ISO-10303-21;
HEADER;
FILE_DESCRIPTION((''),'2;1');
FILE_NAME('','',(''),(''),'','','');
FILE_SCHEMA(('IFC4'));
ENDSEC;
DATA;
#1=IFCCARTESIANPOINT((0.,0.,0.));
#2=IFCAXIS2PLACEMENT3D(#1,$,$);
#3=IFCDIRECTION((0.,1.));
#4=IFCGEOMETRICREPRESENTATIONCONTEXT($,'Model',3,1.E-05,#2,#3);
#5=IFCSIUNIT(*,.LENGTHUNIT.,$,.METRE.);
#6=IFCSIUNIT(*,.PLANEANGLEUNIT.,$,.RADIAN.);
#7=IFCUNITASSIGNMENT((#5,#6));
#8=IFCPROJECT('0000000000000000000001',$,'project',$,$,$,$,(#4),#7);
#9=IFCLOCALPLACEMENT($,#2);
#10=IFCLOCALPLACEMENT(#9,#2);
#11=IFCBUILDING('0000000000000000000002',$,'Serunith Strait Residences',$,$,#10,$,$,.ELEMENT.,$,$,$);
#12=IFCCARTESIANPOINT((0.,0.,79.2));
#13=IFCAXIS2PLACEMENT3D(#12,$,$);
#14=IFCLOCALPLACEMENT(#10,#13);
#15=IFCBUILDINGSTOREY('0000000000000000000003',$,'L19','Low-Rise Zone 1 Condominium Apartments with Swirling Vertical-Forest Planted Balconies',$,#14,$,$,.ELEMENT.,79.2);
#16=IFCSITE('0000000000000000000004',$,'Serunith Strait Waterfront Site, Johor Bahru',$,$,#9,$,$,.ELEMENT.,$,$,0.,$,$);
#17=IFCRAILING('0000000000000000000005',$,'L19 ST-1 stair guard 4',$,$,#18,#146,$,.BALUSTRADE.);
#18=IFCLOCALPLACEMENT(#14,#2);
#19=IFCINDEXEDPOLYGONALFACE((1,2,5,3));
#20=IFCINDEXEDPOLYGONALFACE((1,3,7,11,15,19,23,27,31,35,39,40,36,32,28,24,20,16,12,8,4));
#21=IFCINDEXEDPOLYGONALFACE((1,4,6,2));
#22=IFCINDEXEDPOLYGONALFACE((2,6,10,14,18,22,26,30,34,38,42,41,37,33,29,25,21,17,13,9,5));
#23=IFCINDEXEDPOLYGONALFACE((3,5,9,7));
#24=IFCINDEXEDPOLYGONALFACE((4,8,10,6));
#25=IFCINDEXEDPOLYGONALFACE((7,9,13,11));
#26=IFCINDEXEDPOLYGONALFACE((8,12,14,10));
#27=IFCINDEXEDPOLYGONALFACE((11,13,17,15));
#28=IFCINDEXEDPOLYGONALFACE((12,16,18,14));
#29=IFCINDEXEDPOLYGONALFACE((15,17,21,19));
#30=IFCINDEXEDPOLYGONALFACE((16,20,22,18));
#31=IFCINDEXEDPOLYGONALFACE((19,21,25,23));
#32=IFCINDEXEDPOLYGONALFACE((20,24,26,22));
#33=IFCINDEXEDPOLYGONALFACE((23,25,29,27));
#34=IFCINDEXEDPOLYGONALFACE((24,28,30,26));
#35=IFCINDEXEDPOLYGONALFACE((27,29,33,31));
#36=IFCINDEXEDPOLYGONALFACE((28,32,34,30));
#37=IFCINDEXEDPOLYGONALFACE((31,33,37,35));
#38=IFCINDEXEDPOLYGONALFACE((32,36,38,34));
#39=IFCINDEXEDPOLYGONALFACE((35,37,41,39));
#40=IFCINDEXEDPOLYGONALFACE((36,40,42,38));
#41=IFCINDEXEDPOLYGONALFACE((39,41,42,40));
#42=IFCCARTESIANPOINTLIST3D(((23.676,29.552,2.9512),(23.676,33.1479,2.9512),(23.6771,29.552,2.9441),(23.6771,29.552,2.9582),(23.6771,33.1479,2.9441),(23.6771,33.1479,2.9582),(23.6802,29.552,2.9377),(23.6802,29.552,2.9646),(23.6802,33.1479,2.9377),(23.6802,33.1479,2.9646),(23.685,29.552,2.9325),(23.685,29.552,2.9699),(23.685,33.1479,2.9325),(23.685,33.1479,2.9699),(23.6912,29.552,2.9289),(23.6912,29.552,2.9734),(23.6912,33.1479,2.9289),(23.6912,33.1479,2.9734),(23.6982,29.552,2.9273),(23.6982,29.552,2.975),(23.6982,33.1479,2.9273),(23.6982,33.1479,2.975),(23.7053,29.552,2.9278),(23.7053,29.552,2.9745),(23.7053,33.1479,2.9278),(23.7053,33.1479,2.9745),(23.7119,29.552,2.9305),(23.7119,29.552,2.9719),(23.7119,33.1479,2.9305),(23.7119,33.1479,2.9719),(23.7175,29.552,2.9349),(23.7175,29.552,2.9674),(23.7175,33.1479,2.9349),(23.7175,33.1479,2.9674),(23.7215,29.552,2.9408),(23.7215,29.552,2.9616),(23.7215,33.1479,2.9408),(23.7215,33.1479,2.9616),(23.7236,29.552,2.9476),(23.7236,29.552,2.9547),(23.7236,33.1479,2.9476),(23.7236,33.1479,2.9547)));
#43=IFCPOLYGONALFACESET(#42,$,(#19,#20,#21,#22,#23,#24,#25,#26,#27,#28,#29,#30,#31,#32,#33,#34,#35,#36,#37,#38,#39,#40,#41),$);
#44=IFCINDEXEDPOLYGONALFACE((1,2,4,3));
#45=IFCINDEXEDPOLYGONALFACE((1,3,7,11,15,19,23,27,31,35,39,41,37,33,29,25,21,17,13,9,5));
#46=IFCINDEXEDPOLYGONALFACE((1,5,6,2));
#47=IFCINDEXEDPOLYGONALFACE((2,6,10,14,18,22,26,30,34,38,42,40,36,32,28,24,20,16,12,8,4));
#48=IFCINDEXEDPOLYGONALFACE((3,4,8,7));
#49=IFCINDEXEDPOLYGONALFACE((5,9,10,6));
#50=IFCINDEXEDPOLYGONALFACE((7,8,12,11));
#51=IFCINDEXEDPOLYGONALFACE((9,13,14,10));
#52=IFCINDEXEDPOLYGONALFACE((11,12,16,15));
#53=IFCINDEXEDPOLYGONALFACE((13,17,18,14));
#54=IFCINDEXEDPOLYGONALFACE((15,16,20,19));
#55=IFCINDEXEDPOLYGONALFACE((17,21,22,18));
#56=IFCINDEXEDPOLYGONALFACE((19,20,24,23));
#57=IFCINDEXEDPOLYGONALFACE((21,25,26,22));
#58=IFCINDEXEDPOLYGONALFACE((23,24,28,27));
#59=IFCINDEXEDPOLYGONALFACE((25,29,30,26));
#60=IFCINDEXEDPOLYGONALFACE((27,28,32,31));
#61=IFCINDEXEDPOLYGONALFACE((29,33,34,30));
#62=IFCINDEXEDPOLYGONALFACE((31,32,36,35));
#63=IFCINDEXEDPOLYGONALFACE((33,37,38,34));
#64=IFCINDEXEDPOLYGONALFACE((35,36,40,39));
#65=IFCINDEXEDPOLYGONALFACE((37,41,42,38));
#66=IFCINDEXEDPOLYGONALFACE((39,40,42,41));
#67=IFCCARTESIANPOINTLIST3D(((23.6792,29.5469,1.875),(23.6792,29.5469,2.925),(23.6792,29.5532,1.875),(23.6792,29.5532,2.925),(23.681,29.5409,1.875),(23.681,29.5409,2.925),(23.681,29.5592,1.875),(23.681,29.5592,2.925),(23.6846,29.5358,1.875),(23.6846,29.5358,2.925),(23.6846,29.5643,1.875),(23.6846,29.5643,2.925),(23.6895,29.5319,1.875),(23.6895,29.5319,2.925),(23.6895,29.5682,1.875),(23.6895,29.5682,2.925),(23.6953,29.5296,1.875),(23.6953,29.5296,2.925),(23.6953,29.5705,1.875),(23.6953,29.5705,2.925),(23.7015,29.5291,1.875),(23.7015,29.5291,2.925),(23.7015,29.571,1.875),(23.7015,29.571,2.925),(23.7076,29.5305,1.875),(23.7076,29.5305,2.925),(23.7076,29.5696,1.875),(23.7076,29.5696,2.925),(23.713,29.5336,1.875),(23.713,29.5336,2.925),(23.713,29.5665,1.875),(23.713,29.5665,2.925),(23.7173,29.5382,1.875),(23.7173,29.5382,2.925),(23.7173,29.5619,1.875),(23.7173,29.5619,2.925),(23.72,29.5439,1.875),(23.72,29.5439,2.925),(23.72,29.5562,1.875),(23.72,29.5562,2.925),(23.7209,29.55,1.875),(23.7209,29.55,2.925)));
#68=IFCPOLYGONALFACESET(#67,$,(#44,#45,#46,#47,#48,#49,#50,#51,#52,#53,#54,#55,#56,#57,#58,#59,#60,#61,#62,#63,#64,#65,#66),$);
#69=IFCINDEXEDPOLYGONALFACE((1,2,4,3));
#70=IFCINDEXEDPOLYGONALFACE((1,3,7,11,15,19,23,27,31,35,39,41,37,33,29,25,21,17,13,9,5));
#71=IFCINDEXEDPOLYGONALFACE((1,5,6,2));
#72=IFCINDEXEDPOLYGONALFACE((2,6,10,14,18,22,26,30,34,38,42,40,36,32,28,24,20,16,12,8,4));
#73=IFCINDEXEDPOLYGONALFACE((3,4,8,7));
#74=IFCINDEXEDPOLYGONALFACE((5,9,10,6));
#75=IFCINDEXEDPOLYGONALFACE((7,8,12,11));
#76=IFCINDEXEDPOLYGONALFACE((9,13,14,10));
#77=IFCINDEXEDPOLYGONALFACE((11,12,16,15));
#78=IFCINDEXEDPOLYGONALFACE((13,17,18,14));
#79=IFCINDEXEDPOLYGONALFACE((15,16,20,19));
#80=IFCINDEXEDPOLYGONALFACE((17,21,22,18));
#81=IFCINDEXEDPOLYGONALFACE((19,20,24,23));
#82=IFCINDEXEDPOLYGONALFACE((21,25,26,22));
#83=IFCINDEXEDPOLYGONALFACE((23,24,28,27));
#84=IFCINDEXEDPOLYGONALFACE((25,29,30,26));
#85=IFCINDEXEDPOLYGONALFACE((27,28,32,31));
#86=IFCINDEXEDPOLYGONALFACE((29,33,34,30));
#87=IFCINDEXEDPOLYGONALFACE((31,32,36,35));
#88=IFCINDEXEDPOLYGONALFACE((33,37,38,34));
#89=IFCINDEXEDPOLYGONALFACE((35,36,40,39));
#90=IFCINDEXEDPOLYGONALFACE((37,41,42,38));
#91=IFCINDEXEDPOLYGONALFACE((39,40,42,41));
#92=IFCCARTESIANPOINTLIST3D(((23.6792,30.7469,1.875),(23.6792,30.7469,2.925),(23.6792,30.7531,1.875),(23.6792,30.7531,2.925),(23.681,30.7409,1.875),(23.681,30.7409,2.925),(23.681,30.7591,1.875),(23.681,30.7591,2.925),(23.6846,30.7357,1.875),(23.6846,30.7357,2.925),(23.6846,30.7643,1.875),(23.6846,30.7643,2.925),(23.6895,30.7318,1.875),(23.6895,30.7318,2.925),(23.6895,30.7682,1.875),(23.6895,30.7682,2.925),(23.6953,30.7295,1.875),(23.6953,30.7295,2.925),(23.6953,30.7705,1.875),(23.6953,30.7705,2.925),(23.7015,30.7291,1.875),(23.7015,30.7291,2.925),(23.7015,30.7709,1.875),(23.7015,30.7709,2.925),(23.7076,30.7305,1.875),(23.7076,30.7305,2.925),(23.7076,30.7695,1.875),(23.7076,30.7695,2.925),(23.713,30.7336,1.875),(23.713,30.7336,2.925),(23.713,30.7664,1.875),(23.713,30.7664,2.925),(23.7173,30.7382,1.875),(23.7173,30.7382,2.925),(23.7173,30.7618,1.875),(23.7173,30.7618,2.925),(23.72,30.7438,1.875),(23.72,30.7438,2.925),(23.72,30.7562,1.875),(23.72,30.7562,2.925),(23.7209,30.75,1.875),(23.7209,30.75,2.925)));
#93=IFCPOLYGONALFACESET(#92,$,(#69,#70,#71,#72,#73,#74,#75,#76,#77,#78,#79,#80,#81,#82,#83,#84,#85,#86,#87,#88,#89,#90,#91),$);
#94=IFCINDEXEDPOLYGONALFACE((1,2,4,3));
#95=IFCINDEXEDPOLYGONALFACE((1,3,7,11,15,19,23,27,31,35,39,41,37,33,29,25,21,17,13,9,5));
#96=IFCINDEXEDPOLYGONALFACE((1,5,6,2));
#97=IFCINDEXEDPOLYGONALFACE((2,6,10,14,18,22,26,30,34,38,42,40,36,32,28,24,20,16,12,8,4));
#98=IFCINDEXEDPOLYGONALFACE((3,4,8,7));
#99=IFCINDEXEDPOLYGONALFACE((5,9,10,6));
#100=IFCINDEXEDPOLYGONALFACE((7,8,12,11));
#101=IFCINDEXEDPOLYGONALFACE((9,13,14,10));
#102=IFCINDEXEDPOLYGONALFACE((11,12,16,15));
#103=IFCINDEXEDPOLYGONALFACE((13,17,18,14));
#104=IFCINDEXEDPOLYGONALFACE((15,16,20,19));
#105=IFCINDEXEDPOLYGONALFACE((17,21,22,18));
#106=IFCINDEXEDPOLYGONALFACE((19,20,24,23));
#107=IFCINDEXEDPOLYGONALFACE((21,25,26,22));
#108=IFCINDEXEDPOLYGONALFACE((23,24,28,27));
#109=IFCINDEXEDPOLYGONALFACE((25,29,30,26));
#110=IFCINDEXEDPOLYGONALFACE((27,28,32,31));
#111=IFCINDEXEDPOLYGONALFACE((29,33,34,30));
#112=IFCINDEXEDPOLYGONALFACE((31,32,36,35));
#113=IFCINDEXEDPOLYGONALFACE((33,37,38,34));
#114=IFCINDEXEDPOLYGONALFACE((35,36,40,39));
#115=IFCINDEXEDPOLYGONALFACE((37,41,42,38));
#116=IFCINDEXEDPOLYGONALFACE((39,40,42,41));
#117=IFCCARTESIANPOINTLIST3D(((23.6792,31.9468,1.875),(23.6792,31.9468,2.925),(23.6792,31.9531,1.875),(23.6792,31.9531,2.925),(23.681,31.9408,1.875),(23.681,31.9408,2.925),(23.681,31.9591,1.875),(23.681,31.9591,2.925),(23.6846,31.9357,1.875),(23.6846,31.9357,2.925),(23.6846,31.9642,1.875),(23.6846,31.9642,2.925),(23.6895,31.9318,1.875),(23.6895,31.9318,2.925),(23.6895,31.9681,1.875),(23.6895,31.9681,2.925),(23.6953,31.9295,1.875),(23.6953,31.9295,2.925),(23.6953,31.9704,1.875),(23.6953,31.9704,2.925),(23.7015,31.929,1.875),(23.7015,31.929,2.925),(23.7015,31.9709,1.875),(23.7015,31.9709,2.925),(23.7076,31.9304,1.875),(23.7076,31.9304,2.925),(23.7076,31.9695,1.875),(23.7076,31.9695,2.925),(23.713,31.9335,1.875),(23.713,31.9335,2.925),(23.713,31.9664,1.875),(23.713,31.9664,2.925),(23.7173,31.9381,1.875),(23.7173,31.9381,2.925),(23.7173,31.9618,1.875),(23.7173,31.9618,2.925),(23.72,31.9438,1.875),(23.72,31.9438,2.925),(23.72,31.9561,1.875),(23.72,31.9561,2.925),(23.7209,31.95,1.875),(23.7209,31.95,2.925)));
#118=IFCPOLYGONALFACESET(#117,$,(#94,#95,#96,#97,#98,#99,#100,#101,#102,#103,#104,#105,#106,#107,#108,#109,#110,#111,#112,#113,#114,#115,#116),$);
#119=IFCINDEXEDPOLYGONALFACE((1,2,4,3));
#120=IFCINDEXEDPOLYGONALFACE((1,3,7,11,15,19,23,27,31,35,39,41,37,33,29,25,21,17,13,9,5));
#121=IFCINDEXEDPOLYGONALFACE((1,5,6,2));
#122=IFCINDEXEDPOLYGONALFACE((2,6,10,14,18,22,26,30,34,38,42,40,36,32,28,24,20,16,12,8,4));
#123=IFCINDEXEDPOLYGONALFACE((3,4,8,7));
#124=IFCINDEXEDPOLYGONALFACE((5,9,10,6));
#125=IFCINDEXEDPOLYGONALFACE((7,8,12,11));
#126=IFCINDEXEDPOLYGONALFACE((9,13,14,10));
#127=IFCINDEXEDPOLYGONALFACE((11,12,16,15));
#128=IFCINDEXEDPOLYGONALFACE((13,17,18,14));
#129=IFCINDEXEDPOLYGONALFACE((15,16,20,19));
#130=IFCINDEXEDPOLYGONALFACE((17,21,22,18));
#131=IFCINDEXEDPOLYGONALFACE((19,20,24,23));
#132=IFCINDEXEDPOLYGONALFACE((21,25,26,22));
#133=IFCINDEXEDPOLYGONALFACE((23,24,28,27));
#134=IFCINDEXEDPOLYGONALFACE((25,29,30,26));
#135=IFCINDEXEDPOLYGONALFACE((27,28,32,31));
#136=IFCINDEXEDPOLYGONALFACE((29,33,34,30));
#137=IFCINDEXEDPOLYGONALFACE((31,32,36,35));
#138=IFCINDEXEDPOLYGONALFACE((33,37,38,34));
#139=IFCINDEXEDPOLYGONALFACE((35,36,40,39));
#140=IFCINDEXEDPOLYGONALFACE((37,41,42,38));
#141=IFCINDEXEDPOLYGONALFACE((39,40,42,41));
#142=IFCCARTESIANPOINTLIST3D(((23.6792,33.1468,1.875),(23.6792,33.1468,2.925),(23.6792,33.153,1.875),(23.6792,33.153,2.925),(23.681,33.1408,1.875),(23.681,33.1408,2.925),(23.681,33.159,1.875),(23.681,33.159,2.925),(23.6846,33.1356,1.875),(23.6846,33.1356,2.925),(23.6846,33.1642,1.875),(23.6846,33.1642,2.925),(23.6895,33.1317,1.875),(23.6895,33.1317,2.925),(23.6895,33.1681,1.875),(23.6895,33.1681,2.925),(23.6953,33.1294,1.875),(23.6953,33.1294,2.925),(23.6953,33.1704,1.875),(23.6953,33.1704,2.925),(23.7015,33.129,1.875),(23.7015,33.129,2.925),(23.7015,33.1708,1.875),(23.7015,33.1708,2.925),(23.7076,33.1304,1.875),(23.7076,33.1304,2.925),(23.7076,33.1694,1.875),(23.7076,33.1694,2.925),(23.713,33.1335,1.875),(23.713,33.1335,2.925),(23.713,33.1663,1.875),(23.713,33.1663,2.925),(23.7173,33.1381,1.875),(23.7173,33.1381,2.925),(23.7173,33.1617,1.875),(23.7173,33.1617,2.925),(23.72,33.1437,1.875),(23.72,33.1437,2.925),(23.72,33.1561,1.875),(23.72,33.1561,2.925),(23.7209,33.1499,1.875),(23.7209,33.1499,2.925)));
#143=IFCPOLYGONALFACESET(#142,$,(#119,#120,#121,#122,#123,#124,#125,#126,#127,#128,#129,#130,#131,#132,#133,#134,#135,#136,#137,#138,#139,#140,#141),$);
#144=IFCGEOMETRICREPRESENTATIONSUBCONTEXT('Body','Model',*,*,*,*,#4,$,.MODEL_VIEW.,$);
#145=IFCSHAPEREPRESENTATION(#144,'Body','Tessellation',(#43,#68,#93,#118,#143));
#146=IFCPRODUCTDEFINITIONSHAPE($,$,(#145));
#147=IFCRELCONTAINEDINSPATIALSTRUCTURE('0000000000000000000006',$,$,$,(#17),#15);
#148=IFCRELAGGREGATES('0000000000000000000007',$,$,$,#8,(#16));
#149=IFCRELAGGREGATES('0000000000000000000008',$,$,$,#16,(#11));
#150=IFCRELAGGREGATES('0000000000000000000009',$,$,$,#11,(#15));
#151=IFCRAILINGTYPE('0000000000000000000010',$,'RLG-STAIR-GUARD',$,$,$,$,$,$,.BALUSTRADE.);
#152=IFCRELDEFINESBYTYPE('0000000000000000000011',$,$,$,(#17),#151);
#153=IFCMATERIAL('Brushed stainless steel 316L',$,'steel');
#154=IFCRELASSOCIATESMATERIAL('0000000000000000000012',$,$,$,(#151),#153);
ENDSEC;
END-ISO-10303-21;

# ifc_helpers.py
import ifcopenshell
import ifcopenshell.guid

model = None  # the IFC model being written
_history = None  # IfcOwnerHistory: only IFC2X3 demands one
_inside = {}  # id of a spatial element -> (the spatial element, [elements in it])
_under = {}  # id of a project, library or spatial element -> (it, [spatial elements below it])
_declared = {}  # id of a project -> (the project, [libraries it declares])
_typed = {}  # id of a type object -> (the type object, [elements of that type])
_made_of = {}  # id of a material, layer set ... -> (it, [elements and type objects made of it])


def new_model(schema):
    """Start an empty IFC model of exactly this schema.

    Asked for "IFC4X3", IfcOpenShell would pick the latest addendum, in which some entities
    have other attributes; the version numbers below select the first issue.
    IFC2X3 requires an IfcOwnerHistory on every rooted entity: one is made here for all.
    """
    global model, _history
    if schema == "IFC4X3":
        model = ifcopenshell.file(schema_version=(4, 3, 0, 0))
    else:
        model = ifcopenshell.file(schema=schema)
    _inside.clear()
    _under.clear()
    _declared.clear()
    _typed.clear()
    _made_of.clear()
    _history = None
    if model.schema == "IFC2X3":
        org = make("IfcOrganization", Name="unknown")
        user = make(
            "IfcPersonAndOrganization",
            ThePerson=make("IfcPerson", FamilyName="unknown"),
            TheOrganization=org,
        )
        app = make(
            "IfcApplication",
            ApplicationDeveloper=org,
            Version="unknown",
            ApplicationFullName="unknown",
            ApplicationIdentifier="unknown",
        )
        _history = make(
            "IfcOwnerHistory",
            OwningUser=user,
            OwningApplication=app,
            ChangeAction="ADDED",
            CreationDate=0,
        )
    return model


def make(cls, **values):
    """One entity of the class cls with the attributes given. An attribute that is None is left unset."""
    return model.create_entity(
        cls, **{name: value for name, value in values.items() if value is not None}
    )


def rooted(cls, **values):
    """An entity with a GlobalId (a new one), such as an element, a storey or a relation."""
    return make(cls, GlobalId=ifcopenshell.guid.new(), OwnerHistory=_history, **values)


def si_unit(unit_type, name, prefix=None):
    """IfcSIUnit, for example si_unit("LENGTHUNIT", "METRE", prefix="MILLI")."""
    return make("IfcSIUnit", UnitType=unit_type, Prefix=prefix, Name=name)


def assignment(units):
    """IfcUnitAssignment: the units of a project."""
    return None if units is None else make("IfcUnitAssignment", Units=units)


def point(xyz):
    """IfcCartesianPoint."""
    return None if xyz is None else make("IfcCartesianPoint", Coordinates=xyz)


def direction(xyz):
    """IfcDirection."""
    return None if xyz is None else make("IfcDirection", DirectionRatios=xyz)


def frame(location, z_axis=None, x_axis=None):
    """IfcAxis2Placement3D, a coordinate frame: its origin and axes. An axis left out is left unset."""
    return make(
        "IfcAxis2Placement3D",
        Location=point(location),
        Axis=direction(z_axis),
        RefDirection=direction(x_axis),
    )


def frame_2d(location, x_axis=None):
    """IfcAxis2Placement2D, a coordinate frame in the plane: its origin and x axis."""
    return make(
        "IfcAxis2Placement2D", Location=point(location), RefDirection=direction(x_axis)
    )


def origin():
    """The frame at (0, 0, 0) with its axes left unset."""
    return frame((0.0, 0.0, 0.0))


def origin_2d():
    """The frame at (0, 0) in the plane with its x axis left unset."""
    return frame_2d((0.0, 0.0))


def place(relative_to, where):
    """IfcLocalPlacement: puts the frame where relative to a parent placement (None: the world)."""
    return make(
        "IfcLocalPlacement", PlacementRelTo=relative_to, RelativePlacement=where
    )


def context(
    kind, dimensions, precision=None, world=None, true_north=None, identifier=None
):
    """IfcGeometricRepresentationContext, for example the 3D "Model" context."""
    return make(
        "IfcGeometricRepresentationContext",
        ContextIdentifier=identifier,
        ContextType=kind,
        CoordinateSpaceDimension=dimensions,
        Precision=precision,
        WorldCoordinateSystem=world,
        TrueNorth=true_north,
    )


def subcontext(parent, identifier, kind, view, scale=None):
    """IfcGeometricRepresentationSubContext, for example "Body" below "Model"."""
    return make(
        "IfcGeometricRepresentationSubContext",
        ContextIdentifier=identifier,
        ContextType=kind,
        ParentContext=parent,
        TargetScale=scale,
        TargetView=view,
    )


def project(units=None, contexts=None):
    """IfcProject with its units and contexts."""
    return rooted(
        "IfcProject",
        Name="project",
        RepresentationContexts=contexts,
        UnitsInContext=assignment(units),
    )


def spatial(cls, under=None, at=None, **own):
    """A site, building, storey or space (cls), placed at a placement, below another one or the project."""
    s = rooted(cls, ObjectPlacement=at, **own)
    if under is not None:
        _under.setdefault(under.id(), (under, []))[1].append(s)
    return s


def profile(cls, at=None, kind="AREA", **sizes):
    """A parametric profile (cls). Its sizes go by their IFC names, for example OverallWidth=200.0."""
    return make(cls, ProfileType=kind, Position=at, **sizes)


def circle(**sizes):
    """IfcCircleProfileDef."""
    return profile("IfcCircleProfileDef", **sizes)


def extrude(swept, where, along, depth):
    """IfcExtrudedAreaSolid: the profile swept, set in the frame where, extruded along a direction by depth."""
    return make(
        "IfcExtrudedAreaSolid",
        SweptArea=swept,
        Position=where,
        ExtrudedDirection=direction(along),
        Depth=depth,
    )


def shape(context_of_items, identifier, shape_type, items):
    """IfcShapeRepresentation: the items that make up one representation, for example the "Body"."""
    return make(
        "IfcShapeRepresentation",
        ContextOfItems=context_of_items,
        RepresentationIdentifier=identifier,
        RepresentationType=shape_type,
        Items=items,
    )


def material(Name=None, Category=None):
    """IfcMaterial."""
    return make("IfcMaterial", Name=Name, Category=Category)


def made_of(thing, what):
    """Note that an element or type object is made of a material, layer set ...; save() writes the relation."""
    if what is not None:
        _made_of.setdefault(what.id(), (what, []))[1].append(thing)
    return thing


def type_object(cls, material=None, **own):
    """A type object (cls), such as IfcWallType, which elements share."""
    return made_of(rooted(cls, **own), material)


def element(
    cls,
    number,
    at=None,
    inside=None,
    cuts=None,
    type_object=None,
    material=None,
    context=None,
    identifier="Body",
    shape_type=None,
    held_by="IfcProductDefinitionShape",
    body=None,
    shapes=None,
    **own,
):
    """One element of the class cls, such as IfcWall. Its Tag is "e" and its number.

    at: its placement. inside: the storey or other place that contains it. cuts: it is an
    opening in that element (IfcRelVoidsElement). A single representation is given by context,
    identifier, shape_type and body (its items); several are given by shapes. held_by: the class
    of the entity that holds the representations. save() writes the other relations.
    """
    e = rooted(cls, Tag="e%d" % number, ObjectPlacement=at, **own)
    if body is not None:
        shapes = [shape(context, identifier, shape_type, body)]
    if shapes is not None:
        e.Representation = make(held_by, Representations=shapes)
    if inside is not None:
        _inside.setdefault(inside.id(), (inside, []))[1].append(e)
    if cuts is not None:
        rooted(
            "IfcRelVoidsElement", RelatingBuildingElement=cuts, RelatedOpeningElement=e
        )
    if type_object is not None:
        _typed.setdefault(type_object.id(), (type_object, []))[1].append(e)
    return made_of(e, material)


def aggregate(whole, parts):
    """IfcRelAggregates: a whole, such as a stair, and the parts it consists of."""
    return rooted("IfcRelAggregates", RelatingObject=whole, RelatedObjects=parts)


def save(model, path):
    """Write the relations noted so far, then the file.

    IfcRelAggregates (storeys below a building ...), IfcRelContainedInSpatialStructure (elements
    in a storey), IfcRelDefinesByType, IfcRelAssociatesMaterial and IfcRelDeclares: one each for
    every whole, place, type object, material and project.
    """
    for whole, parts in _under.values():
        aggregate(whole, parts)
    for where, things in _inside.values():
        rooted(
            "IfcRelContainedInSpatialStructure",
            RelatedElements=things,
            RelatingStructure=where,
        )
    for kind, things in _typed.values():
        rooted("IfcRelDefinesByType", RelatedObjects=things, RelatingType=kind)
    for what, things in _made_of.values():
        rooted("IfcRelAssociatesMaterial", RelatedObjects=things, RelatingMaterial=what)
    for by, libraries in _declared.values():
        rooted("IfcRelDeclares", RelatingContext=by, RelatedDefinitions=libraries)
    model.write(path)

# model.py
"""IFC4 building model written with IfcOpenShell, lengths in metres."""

from ifc_helpers import new_model, si_unit, direction, frame, origin, origin_2d, place, context, subcontext, project, spatial, circle, extrude, material, type_object, element, save


model = new_model("IFC4")

# Units and contexts
model_context = context("Model", 3, precision=1e-05, world=origin(), true_north=direction((0.0, 1.0)))
body_context = subcontext(model_context, "Body", "Model", "MODEL_VIEW")
ifc_project = project(units=[si_unit("LENGTHUNIT", "METRE"), si_unit("PLANEANGLEUNIT", "RADIAN")], contexts=[model_context])

# Site, building, storey
site_placement = place(None, origin())
site = spatial("IfcSite", under=ifc_project, at=site_placement, Name="Serunith Strait Waterfront Site, Johor Bahru", CompositionType="ELEMENT", RefElevation=0.0)
building_placement = place(site_placement, origin())
building = spatial("IfcBuilding", under=site, at=building_placement, Name="Serunith Strait Residences", CompositionType="ELEMENT")
storey_placement = place(building_placement, frame((0.0, 0.0, 79.2)))
storey = spatial("IfcBuildingStorey", under=building, at=storey_placement, Name="L19", Description="Low-Rise Zone 1 Condominium Apartments with Swirling Vertical-Forest Planted Balconies", CompositionType="ELEMENT", Elevation=79.2)

# Railing
ifc_material_1 = material(Name="Brushed stainless steel 316L", Category="steel")
railing_type_1 = type_object("IfcRailingType", Name="RLG-STAIR-GUARD", PredefinedType="BALUSTRADE", material=ifc_material_1)
for number, where, name in (
    (1, (23.7, 29.55, 1.875), "L19 ST-1 stair guard 4"),
):
    element("IfcRailing", number, at=place(storey_placement, frame(where)), inside=storey, type_object=railing_type_1, Name=name, PredefinedType="BALUSTRADE", context=body_context, shape_type="SweptSolid", body=[
        extrude(circle(Radius=0.0239, at=origin_2d()), frame((0.0, 0.002, 1.0762), z_axis=(0.0, 1.0, 0.0), x_axis=(-1.0, 0.0, 0.0)), (0.0, 0.0, 1.0), 3.5959),
        extrude(circle(Radius=0.021, at=origin_2d()), origin(), (0.0, 0.0, 1.0), 1.05),
        extrude(circle(Radius=0.021, at=origin_2d()), frame((0.0, 1.2, 0.0)), (0.0, 0.0, 1.0), 1.05),
        extrude(circle(Radius=0.021, at=origin_2d()), frame((0.0, 2.3999, 0.0)), (0.0, 0.0, 1.0), 1.05),
        extrude(circle(Radius=0.021, at=origin_2d()), frame((0.0, 3.5999, 0.0)), (0.0, 0.0, 1.0), 1.05),
    ])

save(model, "model.ifc")
